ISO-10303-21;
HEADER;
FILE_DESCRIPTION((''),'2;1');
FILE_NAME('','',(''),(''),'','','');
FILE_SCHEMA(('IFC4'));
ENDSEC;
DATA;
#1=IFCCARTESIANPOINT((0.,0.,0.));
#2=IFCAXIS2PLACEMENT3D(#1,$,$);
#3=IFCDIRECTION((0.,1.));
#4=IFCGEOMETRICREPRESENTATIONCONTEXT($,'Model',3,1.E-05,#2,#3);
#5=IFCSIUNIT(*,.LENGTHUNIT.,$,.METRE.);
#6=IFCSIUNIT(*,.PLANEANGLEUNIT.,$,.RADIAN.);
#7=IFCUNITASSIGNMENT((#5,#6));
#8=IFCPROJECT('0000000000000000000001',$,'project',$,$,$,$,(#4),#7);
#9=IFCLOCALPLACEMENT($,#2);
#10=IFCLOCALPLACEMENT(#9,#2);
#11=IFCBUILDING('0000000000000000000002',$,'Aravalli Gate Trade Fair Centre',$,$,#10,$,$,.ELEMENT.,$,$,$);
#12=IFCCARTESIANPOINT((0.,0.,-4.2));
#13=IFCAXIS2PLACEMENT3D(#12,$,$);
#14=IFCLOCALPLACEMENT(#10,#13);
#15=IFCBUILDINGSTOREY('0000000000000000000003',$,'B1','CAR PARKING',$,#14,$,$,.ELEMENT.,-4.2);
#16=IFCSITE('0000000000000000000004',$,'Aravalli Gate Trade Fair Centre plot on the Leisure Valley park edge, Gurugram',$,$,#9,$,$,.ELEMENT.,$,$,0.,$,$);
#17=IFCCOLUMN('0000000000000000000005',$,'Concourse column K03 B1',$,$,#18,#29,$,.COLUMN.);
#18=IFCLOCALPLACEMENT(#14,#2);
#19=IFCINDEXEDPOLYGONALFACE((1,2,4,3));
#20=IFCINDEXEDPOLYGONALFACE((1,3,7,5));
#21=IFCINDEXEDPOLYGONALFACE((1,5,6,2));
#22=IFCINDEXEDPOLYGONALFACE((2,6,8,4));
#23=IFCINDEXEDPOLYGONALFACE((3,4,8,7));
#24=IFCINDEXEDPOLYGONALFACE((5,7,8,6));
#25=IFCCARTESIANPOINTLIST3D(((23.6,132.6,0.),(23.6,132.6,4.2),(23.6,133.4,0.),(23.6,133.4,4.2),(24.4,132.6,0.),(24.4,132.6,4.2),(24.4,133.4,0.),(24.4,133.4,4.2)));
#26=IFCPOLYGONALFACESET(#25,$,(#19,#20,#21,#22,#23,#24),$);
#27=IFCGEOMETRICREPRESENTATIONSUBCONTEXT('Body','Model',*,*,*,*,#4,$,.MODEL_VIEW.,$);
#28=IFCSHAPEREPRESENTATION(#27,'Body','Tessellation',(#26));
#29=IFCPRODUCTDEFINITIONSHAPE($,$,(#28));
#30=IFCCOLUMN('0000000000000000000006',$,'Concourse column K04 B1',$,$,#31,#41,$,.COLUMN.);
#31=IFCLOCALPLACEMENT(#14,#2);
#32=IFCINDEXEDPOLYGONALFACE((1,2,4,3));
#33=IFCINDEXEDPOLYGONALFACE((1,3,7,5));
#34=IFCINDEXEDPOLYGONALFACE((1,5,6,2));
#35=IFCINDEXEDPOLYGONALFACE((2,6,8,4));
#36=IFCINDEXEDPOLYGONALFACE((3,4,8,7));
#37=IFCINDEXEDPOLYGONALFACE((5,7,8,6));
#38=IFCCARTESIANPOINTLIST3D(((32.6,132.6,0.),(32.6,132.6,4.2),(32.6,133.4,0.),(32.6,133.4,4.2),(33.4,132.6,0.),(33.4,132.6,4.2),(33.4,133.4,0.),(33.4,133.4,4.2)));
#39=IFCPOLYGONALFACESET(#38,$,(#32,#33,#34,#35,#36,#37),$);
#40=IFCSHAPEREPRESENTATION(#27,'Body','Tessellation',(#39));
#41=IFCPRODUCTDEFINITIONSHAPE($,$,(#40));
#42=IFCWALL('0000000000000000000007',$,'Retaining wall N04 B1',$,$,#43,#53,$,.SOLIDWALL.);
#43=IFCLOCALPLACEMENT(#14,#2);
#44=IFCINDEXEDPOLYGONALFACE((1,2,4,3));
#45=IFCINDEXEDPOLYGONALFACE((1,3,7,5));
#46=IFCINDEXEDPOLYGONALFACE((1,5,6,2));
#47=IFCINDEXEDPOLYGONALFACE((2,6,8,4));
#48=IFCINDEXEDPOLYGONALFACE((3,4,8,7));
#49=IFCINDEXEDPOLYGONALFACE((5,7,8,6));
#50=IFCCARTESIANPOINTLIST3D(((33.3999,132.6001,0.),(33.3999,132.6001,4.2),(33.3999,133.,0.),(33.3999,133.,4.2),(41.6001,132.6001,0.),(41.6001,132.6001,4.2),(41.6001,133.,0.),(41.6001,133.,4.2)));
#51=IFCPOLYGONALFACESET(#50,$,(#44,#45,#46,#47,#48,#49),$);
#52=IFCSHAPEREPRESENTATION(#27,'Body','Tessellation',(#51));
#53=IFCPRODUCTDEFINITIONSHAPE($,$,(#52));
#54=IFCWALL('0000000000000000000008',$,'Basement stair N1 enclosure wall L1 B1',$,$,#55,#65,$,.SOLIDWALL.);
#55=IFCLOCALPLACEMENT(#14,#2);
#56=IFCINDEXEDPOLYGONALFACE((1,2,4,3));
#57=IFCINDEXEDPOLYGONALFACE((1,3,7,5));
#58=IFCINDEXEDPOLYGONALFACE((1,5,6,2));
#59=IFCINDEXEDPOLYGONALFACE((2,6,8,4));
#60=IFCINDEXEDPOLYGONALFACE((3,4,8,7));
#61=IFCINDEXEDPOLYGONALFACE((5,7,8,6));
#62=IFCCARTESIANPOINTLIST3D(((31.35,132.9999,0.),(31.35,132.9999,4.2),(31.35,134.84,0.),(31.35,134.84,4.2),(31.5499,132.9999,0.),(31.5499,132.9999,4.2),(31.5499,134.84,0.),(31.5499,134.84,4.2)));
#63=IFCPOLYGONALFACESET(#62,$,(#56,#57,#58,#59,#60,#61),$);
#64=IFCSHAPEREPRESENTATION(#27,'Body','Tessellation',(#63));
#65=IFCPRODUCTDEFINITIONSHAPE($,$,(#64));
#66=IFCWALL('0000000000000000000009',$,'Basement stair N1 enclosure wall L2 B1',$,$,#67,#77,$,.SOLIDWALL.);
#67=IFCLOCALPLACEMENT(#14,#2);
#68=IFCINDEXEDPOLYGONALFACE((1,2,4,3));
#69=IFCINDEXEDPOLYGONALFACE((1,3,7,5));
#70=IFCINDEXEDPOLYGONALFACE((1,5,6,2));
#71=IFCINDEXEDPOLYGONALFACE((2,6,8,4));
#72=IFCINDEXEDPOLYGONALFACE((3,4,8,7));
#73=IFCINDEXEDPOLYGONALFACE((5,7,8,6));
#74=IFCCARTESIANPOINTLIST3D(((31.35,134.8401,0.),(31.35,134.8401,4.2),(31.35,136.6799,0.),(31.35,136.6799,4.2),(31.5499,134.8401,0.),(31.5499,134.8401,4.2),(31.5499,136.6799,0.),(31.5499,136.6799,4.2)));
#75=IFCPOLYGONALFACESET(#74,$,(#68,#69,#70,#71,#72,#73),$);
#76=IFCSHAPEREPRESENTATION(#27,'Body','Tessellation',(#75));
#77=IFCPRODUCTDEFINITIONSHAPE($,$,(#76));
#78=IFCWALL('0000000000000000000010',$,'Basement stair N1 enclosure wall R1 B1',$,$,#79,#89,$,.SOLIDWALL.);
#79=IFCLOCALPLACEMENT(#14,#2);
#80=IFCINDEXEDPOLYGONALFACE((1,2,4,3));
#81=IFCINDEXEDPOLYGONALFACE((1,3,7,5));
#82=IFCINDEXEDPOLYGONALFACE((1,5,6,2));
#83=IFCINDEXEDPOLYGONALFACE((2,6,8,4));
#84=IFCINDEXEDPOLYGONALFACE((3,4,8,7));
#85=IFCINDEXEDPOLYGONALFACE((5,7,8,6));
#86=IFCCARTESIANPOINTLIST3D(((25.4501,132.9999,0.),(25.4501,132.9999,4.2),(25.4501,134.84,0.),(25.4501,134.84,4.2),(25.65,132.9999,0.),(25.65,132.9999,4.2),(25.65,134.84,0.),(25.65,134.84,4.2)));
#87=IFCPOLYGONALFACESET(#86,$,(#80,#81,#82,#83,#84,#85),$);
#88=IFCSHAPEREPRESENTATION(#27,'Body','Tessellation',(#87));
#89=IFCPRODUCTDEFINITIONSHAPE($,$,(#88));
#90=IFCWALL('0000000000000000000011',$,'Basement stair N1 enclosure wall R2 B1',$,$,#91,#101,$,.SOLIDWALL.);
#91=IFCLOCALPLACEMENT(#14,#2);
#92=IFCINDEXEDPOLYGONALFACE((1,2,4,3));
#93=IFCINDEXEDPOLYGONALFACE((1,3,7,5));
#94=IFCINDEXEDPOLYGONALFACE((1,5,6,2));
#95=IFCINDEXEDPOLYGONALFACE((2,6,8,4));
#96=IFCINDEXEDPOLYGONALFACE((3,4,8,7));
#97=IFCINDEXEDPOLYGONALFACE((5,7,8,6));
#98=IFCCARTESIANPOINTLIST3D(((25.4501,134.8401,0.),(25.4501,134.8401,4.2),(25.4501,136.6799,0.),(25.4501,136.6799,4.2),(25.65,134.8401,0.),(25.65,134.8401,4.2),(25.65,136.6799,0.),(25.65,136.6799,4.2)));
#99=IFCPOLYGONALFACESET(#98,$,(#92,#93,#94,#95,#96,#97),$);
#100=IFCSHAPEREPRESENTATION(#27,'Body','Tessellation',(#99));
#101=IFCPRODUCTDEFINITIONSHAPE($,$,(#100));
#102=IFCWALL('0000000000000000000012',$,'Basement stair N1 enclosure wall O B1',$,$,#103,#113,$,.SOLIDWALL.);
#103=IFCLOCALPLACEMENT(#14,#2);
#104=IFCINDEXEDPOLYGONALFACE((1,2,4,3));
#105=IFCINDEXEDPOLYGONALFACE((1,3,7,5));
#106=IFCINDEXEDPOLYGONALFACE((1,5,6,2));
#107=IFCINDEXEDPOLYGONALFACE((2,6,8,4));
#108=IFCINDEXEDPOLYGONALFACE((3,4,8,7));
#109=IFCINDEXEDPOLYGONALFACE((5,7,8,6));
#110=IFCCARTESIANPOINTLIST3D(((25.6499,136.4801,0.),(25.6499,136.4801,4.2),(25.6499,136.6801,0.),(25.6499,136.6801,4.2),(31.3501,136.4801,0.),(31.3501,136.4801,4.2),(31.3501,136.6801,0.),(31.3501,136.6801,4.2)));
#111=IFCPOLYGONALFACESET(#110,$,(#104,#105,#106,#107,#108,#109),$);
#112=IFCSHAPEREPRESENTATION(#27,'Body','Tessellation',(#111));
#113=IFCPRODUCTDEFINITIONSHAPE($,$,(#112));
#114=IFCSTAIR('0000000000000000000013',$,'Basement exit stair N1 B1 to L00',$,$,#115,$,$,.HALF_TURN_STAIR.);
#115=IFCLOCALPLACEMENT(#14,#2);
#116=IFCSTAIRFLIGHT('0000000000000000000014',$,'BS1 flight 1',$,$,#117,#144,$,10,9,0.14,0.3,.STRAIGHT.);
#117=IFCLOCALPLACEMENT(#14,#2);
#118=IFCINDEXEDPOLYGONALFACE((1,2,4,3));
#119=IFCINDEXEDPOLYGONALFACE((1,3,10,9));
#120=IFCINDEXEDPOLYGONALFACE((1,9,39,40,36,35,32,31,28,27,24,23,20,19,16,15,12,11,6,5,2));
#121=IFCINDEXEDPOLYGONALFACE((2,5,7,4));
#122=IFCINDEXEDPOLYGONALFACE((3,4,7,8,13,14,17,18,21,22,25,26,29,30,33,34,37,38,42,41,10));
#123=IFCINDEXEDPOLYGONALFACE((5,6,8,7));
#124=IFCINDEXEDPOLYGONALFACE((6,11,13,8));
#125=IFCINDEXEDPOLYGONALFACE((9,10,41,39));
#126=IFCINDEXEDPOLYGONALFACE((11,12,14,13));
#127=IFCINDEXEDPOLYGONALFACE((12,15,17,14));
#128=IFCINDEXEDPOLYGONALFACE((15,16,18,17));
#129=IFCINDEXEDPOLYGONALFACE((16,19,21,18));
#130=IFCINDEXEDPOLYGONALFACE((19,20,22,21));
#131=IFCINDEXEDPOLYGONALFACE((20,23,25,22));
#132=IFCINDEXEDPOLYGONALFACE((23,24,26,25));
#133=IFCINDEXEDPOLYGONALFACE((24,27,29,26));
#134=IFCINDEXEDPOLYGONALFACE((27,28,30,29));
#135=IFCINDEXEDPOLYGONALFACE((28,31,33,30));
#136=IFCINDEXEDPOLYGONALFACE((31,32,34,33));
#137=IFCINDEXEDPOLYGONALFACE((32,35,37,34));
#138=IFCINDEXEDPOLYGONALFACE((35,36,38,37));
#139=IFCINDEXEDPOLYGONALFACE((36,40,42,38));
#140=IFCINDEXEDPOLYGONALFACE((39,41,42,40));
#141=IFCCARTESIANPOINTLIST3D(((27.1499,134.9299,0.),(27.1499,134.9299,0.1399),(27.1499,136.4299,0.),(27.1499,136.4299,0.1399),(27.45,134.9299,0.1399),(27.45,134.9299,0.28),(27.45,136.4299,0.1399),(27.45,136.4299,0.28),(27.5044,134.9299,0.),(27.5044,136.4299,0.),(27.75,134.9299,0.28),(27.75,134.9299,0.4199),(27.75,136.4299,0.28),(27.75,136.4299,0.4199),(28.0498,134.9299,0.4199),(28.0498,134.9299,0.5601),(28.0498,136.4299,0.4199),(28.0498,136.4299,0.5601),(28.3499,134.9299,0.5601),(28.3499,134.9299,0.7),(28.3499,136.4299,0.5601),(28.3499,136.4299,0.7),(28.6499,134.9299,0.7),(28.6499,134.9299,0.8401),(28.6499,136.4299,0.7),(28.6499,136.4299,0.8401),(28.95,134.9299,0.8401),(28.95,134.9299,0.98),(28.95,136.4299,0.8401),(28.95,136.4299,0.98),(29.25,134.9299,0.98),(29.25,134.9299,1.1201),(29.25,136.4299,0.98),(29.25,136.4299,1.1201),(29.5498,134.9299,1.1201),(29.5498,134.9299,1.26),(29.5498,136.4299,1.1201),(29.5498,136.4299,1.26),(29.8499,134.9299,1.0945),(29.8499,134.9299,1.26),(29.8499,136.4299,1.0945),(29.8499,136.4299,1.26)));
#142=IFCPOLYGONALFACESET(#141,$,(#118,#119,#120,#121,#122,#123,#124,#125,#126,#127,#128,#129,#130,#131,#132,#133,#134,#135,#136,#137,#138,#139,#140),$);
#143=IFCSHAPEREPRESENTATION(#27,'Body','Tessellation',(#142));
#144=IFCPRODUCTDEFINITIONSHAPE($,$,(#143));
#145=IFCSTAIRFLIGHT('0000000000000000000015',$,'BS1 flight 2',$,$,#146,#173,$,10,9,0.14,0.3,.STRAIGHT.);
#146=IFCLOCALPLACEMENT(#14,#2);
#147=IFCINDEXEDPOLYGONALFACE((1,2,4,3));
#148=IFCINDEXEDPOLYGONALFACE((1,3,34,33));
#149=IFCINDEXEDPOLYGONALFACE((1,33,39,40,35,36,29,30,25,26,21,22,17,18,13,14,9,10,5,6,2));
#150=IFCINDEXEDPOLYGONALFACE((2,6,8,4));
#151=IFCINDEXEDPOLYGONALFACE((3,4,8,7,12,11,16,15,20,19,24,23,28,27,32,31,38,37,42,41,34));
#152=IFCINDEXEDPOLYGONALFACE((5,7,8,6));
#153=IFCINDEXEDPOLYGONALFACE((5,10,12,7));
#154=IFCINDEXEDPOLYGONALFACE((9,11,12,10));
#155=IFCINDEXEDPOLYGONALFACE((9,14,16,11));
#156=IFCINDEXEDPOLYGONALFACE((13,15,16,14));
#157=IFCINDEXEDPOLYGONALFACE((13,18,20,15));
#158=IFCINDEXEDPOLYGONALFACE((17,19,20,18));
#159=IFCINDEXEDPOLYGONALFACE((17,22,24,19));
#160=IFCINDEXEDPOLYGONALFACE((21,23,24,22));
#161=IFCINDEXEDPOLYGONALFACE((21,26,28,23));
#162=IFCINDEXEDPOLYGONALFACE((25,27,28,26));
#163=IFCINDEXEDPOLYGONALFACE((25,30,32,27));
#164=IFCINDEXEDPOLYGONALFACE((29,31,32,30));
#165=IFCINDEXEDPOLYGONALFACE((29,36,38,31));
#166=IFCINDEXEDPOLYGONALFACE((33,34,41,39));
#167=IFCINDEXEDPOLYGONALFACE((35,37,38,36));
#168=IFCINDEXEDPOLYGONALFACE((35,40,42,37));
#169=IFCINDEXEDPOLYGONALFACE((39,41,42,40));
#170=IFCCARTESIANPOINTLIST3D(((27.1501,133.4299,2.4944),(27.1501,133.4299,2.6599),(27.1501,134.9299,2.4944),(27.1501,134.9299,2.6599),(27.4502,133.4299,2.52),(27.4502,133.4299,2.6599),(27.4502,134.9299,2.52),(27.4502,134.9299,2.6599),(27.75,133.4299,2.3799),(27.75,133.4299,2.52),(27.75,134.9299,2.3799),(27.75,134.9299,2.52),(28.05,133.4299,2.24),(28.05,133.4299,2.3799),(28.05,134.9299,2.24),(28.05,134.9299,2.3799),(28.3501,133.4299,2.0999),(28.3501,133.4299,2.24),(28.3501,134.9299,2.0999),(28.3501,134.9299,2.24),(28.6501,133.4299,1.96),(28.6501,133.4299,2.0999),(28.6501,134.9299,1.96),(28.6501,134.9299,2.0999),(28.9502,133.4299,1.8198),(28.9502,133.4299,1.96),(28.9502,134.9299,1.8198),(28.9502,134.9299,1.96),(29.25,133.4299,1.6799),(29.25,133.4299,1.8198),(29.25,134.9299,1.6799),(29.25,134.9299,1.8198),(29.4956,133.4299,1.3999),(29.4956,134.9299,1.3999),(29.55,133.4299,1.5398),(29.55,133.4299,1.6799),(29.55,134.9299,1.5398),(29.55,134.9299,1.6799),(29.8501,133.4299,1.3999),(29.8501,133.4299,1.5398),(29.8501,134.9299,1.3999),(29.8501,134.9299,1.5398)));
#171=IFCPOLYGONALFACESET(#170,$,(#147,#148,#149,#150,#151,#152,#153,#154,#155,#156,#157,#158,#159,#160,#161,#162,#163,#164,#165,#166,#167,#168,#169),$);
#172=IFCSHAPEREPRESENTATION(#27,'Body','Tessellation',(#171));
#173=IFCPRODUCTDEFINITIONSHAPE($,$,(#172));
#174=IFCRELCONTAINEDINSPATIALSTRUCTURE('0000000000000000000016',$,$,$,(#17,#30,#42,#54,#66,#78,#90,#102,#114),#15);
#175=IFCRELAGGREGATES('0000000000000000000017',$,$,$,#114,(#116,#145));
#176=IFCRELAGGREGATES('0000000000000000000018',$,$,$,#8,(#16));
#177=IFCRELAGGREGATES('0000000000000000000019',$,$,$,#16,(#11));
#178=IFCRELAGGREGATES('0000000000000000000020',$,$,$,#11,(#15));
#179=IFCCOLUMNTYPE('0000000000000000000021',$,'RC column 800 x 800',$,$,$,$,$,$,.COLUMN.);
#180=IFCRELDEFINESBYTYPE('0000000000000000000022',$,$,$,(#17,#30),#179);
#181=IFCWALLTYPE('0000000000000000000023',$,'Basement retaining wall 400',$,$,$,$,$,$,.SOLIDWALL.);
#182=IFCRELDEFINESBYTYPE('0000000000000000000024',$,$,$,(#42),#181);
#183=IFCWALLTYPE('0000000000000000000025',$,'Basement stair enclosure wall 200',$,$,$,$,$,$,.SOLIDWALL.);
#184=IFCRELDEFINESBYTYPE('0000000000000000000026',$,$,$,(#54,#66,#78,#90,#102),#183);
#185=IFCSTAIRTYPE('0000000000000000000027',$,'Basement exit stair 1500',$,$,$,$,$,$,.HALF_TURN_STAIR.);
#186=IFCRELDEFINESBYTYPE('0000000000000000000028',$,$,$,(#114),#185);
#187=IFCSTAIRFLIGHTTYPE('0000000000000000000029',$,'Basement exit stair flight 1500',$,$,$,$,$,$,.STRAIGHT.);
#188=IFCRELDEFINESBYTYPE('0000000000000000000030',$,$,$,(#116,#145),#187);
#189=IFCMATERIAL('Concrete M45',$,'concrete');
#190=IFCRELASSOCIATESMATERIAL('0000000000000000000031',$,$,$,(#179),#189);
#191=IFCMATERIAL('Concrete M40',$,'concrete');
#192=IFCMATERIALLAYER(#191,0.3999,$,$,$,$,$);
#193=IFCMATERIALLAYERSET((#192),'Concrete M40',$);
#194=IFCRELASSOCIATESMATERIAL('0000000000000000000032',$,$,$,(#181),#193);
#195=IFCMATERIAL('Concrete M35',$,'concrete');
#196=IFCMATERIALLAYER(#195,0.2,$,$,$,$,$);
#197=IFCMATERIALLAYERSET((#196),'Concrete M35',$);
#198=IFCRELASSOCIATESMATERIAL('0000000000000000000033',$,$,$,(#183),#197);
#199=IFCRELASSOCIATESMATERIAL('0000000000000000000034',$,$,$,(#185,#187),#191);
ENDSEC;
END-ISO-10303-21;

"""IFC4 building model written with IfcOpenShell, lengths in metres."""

from ifc_helpers import new_model, si_unit, direction, frame, frame_2d, origin, origin_2d, place, context, subcontext, project, spatial, polyline, rectangle, outline, extrude, material, layer, layer_set, material_profile, profile_set, type_object, element, aggregate, save


model = new_model("IFC4")

# Units and contexts
model_context = context("Model", 3, precision=1e-05, world=origin(), true_north=direction((0.0, 1.0)))
body_context = subcontext(model_context, "Body", "Model", "MODEL_VIEW")
ifc_project = project(units=[si_unit("LENGTHUNIT", "METRE"), si_unit("PLANEANGLEUNIT", "RADIAN")], contexts=[model_context])

# Site, building, storey
site_placement = place(None, origin())
site = spatial("IfcSite", under=ifc_project, at=site_placement, Name="Aravalli Gate Trade Fair Centre plot on the Leisure Valley park edge, Gurugram", CompositionType="ELEMENT", RefElevation=0.0)
building_placement = place(site_placement, origin())
building = spatial("IfcBuilding", under=site, at=building_placement, Name="Aravalli Gate Trade Fair Centre", CompositionType="ELEMENT")
storey_placement = place(building_placement, frame((0.0, 0.0, -4.2)))
storey = spatial("IfcBuildingStorey", under=building, at=storey_placement, Name="B1", Description="CAR PARKING", CompositionType="ELEMENT", Elevation=-4.2)

# Columns
ifc_material_1 = material(Name="Concrete M45", Category="concrete")
ifc_material_profile = material_profile(ifc_material_1, rectangle(XDim=0.8, YDim=0.8, at=origin_2d()), Name="RC column 800 x 800")
ifc_profile_set = profile_set([ifc_material_profile], Name="Concrete M45")
column_type = type_object("IfcColumnType", Name="RC column 800 x 800", PredefinedType="COLUMN", material=ifc_profile_set)
for number, where, z_axis, x_axis, name in (
    (1, (24.0, 133.0, 0.0), (0.0, 0.0, 1.0), (1.0, 0.0, 0.0), "Concourse column K03 B1"),
    (2, (33.0, 133.0, 0.0), (0.0, 0.0, 1.0), (1.0, 0.0, 0.0), "Concourse column K04 B1"),
):
    element("IfcColumn", number, at=place(storey_placement, frame(where, z_axis=z_axis, x_axis=x_axis)), inside=storey, type_object=column_type, Name=name, PredefinedType="COLUMN", context=body_context, shape_type="SweptSolid", body=[
        extrude(rectangle(XDim=0.8, YDim=0.8, at=origin_2d()), origin(), (0.0, 0.0, 1.0), 4.2),
    ])

# Walls
ifc_material_2 = material(Name="Concrete M40", Category="concrete")
ifc_layer_1 = layer(ifc_material_2, 0.3999)
ifc_layer_set_1 = layer_set([ifc_layer_1], Name="Concrete M40")
wall_type_1 = type_object("IfcWallType", Name="Basement retaining wall 400", PredefinedType="SOLIDWALL", material=ifc_layer_set_1)
wall_1_placement = place(storey_placement, frame((33.3999, 132.8, 0.0), z_axis=(0.0, 0.0, 1.0), x_axis=(1.0, 0.0, 0.0)))
element("IfcWall", 3, at=wall_1_placement, inside=storey, type_object=wall_type_1, Name="Retaining wall N04 B1", PredefinedType="SOLIDWALL", context=body_context, shape_type="SweptSolid", body=[
    extrude(rectangle(XDim=8.2002, YDim=0.3999, at=frame_2d((4.1001, 0.0))), origin(), (0.0, 0.0, 1.0), 4.2),
])
ifc_material_3 = material(Name="Concrete M35", Category="concrete")
ifc_layer_2 = layer(ifc_material_3, 0.2)
ifc_layer_set_2 = layer_set([ifc_layer_2], Name="Concrete M35")
wall_type_2 = type_object("IfcWallType", Name="Basement stair enclosure wall 200", PredefinedType="SOLIDWALL", material=ifc_layer_set_2)
wall_2_placement = place(storey_placement, frame((31.45, 133.0, 0.0), z_axis=(0.0, 0.0, 1.0), x_axis=(0.0, 1.0, 0.0)))
element("IfcWall", 4, at=wall_2_placement, inside=storey, type_object=wall_type_2, Name="Basement stair N1 enclosure wall L1 B1", PredefinedType="SOLIDWALL", context=body_context, shape_type="SweptSolid", body=[
    extrude(rectangle(XDim=1.8401, YDim=0.2, at=frame_2d((0.9199, 0.0))), origin(), (0.0, 0.0, 1.0), 4.2),
])
wall_3_placement = place(storey_placement, frame((31.45, 134.8401, 0.0), z_axis=(0.0, 0.0, 1.0), x_axis=(0.0, 1.0, 0.0)))
element("IfcWall", 5, at=wall_3_placement, inside=storey, type_object=wall_type_2, Name="Basement stair N1 enclosure wall L2 B1", PredefinedType="SOLIDWALL", context=body_context, shape_type="SweptSolid", body=[
    extrude(rectangle(XDim=1.8398, YDim=0.2, at=frame_2d((0.9199, 0.0))), origin(), (0.0, 0.0, 1.0), 4.2),
])
wall_4_placement = place(storey_placement, frame((25.55, 133.0, 0.0), z_axis=(0.0, 0.0, 1.0), x_axis=(0.0, 1.0, 0.0)))
element("IfcWall", 6, at=wall_4_placement, inside=storey, type_object=wall_type_2, Name="Basement stair N1 enclosure wall R1 B1", PredefinedType="SOLIDWALL", context=body_context, shape_type="SweptSolid", body=[
    extrude(rectangle(XDim=1.8401, YDim=0.2, at=frame_2d((0.9199, 0.0))), origin(), (0.0, 0.0, 1.0), 4.2),
])
wall_5_placement = place(storey_placement, frame((25.55, 134.8401, 0.0), z_axis=(0.0, 0.0, 1.0), x_axis=(0.0, 1.0, 0.0)))
element("IfcWall", 7, at=wall_5_placement, inside=storey, type_object=wall_type_2, Name="Basement stair N1 enclosure wall R2 B1", PredefinedType="SOLIDWALL", context=body_context, shape_type="SweptSolid", body=[
    extrude(rectangle(XDim=1.8398, YDim=0.2, at=frame_2d((0.9199, 0.0))), origin(), (0.0, 0.0, 1.0), 4.2),
])
wall_6_placement = place(storey_placement, frame((31.3501, 136.5801, 0.0), z_axis=(0.0, 0.0, 1.0), x_axis=(-1.0, 0.0, 0.0)))
element("IfcWall", 8, at=wall_6_placement, inside=storey, type_object=wall_type_2, Name="Basement stair N1 enclosure wall O B1", PredefinedType="SOLIDWALL", context=body_context, shape_type="SweptSolid", body=[
    extrude(rectangle(XDim=5.7002, YDim=0.2, at=frame_2d((2.8501, 0.0))), origin(), (0.0, 0.0, 1.0), 4.2),
])

# Stair, stair flights
stair_type = type_object("IfcStairType", Name="Basement exit stair 1500", PredefinedType="HALF_TURN_STAIR", material=ifc_material_2)
stair_placement = place(storey_placement, origin())
stair = element("IfcStair", 9, at=stair_placement, inside=storey, type_object=stair_type, Name="Basement exit stair N1 B1 to L00", PredefinedType="HALF_TURN_STAIR")
stair_flight_type = type_object("IfcStairFlightType", Name="Basement exit stair flight 1500", PredefinedType="STRAIGHT", material=ifc_material_2)
stair_flight_1_placement = place(storey_placement, frame((27.1499, 135.6799, 0.0), z_axis=(0.0, 0.0, 1.0), x_axis=(1.0, 0.0, 0.0)))
stair_flight_1 = element("IfcStairFlight", 10, at=stair_flight_1_placement, type_object=stair_flight_type, Name="BS1 flight 1", NumberOfRisers=10, NumberOfTreads=9, PredefinedType="STRAIGHT", RiserHeight=0.14, TreadLength=0.3, context=body_context, shape_type="SweptSolid", body=[
    extrude(outline(polyline([(0.0, 0.0), (0.0, 0.1399), (0.3, 0.1399), (0.3, 0.28), (0.6001, 0.28), (0.6001, 0.4199), (0.8999, 0.4199), (0.8999, 0.5601), (1.2, 0.5601), (1.2, 0.7), (1.5, 0.7), (1.5, 0.8401), (1.8, 0.8401), (1.8, 0.98), (2.1001, 0.98), (2.1001, 1.1201), (2.3999, 1.1201), (2.3999, 1.26), (2.7, 1.26), (2.7, 1.3999), (2.7, 1.0945), (0.3545, 0.0), (0.0, 0.0)])), frame((0.0, 0.75, 0.0), z_axis=(0.0, -1.0, 0.0), x_axis=(1.0, 0.0, 0.0)), (0.0, 0.0, 1.0), 1.5),
])
stair_flight_2_placement = place(storey_placement, frame((29.8501, 134.1799, 1.3999), z_axis=(0.0, 0.0, 1.0), x_axis=(-1.0, 0.0, 0.0)))
stair_flight_2 = element("IfcStairFlight", 11, at=stair_flight_2_placement, type_object=stair_flight_type, Name="BS1 flight 2", NumberOfRisers=10, NumberOfTreads=9, PredefinedType="STRAIGHT", RiserHeight=0.14, TreadLength=0.3, context=body_context, shape_type="SweptSolid", body=[
    extrude(outline(polyline([(0.0, 0.0), (0.0, 0.1399), (0.3, 0.1399), (0.3, 0.28), (0.6001, 0.28), (0.6001, 0.4199), (0.8999, 0.4199), (0.8999, 0.5601), (1.2, 0.5601), (1.2, 0.7), (1.5, 0.7), (1.5, 0.8401), (1.8, 0.8401), (1.8, 0.98), (2.1001, 0.98), (2.1001, 1.1201), (2.3999, 1.1201), (2.3999, 1.26), (2.7, 1.26), (2.7, 1.3999), (2.7, 1.0945), (0.3545, 0.0), (0.0, 0.0)])), frame((0.0, 0.75, 0.0), z_axis=(0.0, -1.0, 0.0), x_axis=(1.0, 0.0, 0.0)), (0.0, 0.0, 1.0), 1.5),
])
aggregate(stair, [stair_flight_1, stair_flight_2])

save(model, "model.ifc")
